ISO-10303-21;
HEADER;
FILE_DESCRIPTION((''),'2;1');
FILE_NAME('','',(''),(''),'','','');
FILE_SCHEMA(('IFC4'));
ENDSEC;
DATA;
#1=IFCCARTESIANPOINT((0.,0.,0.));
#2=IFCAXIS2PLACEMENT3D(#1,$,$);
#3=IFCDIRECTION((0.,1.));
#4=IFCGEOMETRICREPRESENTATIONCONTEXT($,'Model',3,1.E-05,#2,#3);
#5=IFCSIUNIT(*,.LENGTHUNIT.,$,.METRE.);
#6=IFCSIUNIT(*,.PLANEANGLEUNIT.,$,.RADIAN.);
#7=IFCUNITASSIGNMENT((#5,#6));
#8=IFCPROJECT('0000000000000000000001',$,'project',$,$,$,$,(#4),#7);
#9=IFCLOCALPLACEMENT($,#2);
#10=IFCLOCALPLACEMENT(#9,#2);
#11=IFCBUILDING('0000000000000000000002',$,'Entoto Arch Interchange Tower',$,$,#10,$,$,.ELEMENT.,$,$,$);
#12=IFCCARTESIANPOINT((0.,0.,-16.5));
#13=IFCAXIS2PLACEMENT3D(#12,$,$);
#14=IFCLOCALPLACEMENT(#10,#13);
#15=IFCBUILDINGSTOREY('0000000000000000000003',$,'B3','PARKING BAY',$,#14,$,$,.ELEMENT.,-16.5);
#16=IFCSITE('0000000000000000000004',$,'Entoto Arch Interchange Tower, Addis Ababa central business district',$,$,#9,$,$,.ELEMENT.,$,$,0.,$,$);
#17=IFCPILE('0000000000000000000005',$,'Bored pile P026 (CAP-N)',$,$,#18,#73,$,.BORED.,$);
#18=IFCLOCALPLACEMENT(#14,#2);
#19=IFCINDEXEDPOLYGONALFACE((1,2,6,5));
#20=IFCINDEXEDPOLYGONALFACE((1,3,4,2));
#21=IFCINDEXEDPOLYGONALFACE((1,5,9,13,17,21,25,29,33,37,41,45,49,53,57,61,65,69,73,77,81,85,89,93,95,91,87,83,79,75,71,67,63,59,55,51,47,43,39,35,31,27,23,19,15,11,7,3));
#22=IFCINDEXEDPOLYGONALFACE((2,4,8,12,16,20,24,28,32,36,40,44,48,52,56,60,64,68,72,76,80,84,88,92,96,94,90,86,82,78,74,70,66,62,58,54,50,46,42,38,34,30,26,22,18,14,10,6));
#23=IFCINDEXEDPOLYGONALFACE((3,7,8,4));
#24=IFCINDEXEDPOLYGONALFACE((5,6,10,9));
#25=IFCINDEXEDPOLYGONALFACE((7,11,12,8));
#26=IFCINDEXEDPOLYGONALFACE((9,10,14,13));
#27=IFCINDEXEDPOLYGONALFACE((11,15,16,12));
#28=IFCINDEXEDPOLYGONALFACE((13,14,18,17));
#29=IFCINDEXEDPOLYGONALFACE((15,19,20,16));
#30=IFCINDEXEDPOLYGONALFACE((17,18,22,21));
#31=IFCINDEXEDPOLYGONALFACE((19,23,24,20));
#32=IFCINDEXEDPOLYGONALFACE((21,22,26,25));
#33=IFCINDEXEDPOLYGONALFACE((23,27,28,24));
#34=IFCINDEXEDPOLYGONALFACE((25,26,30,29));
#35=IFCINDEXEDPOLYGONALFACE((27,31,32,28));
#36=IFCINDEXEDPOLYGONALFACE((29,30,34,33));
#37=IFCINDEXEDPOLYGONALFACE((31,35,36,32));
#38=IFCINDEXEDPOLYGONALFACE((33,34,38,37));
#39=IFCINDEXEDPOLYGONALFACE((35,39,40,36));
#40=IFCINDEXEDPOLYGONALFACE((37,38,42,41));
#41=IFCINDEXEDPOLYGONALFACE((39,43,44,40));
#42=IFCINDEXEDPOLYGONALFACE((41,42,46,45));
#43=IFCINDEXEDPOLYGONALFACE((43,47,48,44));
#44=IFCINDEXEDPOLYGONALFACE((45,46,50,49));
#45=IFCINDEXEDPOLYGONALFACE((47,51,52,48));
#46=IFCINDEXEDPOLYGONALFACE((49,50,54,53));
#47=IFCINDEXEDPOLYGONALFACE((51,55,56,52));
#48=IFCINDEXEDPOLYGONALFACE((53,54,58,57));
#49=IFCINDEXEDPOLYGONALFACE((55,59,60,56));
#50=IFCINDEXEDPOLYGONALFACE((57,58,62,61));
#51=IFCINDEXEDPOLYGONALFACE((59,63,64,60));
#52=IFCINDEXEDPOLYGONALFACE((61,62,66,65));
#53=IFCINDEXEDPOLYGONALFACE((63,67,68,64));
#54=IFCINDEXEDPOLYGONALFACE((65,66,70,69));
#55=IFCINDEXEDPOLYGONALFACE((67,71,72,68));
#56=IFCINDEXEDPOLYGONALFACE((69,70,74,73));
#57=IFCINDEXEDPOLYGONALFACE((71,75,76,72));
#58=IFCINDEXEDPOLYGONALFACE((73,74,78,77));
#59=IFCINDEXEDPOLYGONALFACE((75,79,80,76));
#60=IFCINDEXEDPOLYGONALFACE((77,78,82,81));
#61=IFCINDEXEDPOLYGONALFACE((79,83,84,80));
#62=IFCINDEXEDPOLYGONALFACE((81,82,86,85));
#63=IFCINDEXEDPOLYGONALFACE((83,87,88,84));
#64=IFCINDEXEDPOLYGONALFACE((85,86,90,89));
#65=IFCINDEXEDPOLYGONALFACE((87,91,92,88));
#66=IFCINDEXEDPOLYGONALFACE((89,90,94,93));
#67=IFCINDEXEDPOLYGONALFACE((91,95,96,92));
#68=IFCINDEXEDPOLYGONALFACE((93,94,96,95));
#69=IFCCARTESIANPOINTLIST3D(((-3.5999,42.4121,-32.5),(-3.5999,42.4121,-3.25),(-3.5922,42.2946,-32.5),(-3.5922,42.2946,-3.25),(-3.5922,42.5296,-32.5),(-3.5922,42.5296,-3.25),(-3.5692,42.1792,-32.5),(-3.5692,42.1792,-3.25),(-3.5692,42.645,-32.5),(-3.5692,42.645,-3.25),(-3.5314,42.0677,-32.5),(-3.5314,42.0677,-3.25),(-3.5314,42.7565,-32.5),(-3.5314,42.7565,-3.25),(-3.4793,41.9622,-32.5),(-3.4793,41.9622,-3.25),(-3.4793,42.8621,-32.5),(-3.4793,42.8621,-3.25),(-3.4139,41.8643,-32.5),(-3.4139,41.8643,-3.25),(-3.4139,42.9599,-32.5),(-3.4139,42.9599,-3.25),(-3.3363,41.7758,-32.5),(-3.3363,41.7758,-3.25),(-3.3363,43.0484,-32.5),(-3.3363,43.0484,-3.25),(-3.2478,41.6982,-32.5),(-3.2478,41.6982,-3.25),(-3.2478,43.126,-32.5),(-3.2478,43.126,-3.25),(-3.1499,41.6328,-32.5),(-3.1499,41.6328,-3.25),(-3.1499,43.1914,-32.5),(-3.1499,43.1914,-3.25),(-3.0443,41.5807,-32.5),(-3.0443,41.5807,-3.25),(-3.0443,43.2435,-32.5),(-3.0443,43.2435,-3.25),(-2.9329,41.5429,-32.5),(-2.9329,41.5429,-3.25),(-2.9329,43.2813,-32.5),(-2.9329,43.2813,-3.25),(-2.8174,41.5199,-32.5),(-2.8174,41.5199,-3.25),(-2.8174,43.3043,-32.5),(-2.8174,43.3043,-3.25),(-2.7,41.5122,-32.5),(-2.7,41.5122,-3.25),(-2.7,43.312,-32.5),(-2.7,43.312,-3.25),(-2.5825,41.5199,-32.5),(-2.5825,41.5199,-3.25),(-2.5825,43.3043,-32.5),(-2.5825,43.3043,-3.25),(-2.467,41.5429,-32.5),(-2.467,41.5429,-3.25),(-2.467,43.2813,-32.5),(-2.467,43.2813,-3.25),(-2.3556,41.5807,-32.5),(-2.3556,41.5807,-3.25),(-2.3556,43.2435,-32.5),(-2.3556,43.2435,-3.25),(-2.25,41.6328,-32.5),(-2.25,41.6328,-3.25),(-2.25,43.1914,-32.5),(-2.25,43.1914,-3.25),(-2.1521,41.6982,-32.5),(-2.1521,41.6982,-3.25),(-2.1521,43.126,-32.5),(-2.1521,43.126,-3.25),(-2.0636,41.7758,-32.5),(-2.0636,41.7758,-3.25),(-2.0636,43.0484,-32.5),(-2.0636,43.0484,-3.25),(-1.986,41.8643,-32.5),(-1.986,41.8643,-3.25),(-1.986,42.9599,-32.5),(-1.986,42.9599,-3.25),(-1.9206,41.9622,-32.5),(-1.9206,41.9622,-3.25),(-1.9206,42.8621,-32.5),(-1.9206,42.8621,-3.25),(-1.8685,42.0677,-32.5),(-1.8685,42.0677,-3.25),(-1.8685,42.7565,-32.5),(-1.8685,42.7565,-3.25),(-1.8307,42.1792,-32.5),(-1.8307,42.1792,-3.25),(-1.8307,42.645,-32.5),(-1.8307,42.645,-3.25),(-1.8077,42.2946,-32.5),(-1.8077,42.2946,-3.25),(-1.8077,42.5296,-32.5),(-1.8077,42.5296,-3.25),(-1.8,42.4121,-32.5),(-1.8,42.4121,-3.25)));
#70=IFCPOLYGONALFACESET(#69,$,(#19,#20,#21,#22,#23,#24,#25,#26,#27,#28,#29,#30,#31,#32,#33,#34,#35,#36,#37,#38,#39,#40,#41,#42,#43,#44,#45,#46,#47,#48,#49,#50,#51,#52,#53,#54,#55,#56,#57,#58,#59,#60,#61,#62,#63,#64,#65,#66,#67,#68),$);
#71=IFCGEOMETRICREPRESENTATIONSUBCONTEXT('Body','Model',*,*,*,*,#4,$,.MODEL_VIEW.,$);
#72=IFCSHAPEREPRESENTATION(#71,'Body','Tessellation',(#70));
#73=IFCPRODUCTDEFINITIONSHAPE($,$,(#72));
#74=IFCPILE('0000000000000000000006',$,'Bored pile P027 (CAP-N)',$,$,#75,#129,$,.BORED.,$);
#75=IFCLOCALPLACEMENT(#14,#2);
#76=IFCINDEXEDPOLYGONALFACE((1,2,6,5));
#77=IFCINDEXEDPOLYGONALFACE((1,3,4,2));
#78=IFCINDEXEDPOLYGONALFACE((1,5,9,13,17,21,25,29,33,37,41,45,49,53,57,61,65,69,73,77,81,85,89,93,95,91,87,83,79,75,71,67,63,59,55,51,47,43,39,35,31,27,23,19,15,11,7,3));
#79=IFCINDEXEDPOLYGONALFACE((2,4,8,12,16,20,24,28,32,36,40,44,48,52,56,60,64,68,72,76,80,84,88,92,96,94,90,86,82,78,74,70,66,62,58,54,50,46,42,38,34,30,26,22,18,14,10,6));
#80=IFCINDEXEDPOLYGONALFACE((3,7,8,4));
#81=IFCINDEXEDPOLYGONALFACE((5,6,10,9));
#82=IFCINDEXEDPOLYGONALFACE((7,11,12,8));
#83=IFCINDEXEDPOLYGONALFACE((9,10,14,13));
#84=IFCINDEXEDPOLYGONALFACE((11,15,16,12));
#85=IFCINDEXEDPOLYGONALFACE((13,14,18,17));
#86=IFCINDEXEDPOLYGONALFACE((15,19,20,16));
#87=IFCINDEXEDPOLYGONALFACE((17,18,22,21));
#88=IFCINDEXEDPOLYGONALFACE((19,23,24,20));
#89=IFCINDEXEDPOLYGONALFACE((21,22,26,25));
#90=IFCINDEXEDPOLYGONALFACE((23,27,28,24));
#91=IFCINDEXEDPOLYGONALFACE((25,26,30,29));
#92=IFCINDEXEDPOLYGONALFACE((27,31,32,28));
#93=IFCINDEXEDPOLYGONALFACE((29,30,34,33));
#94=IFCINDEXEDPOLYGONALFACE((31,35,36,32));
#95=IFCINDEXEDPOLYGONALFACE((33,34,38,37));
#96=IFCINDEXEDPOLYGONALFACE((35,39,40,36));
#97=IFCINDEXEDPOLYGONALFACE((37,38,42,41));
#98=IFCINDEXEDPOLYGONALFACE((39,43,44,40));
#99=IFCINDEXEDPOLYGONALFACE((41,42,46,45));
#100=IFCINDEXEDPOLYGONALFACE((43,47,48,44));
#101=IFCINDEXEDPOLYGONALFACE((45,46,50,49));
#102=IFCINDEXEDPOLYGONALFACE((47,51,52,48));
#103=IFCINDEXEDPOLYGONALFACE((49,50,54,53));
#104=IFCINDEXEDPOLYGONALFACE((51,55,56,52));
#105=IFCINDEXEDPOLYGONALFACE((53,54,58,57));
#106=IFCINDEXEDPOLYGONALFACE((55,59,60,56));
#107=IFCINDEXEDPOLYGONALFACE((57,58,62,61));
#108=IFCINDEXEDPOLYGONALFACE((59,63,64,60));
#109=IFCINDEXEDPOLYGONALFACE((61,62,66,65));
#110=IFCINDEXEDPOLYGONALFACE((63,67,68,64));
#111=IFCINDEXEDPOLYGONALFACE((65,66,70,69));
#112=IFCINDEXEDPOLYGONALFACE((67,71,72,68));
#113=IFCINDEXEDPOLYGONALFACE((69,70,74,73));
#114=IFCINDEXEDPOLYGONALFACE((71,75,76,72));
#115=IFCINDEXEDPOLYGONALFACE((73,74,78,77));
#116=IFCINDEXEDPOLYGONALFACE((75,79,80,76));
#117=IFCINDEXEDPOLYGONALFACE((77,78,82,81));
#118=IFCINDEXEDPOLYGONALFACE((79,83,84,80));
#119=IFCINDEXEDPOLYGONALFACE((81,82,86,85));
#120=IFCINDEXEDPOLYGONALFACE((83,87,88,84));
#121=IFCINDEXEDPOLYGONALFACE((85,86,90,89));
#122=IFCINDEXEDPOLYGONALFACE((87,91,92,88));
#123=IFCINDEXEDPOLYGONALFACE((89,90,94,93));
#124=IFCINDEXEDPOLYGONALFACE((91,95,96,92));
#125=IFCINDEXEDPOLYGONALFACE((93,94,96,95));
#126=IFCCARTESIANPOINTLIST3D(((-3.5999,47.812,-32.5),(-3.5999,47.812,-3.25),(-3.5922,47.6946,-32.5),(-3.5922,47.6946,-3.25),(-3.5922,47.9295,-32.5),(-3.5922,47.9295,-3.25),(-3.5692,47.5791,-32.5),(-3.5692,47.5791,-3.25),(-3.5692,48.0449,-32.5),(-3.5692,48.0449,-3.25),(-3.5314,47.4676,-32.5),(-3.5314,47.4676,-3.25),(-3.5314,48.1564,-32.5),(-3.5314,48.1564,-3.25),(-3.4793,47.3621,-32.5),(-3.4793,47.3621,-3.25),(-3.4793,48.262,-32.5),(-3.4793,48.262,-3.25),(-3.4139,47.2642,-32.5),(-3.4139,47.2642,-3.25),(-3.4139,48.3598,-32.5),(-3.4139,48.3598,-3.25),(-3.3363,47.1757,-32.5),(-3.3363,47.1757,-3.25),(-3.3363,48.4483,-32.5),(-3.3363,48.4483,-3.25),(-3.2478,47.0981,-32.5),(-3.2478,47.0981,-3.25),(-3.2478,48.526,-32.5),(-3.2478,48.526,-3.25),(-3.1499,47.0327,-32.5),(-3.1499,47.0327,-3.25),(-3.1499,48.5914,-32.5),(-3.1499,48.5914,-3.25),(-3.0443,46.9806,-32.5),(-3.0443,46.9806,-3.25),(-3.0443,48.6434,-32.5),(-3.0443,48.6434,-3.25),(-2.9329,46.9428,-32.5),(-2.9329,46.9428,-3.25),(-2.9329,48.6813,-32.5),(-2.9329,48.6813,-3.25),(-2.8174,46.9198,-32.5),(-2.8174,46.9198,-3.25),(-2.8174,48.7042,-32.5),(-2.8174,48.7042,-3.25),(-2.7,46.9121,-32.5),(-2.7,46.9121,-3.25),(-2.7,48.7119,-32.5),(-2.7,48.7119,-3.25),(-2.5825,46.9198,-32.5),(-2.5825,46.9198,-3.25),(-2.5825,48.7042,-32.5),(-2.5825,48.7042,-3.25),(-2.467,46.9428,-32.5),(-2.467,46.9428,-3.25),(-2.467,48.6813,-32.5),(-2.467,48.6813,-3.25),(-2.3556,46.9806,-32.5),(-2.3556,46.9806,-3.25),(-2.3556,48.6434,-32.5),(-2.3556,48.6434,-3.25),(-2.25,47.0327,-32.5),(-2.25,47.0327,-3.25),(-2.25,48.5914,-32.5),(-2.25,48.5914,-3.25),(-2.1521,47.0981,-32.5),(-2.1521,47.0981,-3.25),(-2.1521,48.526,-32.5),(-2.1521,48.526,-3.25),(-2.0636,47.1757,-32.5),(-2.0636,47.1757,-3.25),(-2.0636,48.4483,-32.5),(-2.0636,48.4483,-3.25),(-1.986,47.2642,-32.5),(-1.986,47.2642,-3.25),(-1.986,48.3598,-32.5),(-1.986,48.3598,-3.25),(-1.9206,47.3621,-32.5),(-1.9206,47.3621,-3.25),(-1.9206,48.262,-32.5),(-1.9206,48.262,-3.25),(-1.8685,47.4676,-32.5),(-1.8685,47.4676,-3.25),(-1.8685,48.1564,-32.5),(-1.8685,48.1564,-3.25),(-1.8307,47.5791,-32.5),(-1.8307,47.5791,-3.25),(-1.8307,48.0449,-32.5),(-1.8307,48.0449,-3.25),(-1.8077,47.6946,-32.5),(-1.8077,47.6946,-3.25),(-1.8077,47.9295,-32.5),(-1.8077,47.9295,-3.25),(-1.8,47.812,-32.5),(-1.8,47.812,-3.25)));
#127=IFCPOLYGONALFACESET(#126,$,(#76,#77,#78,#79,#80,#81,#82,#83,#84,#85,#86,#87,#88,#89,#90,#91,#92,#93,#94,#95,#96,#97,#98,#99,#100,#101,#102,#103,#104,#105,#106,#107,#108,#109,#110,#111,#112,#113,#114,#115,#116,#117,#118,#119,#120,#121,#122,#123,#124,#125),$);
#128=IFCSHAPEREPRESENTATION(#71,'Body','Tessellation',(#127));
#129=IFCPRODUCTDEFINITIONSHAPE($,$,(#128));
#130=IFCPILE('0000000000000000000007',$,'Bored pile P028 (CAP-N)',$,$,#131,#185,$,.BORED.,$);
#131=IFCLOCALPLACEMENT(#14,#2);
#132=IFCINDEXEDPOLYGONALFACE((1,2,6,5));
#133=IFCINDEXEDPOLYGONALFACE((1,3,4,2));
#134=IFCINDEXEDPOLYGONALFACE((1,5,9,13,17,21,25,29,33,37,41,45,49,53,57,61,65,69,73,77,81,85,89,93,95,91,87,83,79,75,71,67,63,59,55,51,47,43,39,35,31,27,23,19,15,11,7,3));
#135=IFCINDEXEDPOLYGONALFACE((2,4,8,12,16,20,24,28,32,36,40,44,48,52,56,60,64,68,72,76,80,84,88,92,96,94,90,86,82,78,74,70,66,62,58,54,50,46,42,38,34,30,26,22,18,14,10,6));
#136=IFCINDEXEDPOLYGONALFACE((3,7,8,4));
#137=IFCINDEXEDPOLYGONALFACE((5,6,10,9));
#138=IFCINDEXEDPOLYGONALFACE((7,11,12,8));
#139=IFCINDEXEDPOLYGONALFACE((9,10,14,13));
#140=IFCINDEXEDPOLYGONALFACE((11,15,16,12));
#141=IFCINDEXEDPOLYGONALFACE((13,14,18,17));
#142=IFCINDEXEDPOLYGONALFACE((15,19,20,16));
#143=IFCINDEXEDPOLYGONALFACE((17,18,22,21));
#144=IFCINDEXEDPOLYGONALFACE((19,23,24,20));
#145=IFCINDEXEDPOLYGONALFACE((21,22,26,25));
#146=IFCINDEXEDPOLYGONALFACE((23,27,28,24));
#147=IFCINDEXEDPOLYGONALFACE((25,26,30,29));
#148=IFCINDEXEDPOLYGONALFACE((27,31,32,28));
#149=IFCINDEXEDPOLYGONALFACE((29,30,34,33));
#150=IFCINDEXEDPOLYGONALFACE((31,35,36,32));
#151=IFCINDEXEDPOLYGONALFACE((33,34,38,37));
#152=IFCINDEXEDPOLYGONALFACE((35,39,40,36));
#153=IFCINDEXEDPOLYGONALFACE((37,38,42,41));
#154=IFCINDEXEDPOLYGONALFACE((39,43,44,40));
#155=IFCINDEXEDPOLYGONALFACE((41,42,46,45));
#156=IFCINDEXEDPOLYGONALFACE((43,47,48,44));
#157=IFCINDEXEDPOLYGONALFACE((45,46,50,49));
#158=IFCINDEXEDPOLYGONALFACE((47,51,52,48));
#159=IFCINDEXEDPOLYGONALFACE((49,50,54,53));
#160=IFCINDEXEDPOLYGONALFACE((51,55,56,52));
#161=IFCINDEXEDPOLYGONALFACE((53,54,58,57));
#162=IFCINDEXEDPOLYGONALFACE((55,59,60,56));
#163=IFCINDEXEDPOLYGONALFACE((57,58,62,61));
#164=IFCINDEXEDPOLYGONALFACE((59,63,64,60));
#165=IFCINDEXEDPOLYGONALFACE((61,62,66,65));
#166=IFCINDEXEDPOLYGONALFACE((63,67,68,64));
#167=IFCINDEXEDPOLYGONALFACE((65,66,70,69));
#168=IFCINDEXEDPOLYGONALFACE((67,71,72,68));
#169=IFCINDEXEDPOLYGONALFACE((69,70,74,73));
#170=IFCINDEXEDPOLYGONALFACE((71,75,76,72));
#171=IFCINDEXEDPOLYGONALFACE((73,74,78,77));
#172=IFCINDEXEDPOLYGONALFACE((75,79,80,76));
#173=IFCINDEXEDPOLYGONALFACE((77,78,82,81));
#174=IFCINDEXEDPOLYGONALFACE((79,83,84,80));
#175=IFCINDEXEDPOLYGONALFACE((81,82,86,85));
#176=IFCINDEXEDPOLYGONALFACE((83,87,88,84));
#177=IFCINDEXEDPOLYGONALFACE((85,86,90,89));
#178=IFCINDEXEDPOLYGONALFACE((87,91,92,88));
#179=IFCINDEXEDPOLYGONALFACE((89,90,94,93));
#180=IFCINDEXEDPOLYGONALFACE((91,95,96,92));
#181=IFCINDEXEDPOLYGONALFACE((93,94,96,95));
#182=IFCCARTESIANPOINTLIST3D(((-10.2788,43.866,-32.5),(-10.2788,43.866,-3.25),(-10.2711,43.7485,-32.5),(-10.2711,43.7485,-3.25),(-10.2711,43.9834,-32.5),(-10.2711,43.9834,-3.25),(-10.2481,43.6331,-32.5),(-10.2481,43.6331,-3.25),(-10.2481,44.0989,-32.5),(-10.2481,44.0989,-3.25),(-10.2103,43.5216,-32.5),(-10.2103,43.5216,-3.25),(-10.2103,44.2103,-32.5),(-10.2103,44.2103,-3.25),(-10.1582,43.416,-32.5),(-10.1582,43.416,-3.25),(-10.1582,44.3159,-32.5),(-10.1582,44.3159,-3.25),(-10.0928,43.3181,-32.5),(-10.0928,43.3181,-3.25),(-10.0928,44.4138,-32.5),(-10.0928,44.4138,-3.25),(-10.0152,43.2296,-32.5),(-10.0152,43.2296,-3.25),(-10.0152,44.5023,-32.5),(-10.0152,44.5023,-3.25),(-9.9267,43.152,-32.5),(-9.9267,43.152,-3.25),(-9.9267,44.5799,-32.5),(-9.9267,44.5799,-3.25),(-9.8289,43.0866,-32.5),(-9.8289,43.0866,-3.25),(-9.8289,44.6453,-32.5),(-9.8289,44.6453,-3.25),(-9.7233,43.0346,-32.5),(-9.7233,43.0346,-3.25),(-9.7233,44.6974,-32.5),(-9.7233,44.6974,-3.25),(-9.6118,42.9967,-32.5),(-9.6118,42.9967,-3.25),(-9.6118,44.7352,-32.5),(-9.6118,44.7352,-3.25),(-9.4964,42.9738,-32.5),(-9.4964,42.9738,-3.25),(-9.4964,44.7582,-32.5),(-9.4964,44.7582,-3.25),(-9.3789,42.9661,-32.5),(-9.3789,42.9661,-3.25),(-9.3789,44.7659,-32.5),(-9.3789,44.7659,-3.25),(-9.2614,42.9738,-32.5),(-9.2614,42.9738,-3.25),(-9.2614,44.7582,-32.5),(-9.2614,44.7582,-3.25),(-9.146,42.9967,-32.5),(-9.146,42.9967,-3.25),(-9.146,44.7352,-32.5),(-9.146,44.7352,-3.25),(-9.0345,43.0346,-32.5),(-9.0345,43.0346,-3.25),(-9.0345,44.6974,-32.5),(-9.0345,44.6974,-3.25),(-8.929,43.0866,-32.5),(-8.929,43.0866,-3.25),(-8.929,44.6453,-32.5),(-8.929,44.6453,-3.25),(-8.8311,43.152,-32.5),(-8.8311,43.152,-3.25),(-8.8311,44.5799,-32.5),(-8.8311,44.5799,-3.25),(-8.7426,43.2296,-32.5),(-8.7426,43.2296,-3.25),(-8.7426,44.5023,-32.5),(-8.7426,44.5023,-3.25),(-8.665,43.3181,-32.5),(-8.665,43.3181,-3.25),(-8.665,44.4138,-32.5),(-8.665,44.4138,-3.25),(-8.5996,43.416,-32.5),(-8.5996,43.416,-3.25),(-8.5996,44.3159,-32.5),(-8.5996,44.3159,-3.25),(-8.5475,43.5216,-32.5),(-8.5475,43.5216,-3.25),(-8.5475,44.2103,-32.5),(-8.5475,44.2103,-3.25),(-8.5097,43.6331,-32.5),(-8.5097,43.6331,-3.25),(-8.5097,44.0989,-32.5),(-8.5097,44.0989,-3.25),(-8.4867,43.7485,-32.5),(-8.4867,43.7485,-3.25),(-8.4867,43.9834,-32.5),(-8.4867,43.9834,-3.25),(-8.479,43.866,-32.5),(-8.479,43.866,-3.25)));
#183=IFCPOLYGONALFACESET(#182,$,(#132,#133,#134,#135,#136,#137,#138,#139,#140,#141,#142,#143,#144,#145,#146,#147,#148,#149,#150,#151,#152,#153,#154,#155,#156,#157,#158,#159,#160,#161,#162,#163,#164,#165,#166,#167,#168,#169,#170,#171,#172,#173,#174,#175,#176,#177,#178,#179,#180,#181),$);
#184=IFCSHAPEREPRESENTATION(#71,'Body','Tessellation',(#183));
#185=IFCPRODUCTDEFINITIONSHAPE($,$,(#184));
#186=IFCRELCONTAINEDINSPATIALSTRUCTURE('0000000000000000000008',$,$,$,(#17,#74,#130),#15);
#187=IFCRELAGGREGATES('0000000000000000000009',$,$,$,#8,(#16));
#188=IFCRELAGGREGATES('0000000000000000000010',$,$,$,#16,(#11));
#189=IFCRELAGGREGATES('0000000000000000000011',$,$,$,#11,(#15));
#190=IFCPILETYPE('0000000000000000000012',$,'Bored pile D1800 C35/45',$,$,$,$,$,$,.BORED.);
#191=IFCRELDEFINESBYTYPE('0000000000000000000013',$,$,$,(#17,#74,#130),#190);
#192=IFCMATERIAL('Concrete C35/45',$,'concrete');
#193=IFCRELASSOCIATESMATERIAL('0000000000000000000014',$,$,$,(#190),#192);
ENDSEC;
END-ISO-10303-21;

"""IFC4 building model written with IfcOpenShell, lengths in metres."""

from ifc_helpers import new_model, si_unit, direction, frame, origin, origin_2d, place, context, subcontext, project, spatial, circle, extrude, material, material_profile, profile_set, type_object, element, save


model = new_model("IFC4")

# Units and contexts
model_context = context("Model", 3, precision=1e-05, world=origin(), true_north=direction((0.0, 1.0)))
body_context = subcontext(model_context, "Body", "Model", "MODEL_VIEW")
ifc_project = project(units=[si_unit("LENGTHUNIT", "METRE"), si_unit("PLANEANGLEUNIT", "RADIAN")], contexts=[model_context])

# Site, building, storey
site_placement = place(None, origin())
site = spatial("IfcSite", under=ifc_project, at=site_placement, Name="Entoto Arch Interchange Tower, Addis Ababa central business district", CompositionType="ELEMENT", RefElevation=0.0)
building_placement = place(site_placement, origin())
building = spatial("IfcBuilding", under=site, at=building_placement, Name="Entoto Arch Interchange Tower", CompositionType="ELEMENT")
storey_placement = place(building_placement, frame((0.0, 0.0, -16.5)))
storey = spatial("IfcBuildingStorey", under=building, at=storey_placement, Name="B3", Description="PARKING BAY", CompositionType="ELEMENT", Elevation=-16.5)

# Piles
ifc_material_1 = material(Name="Concrete C35/45", Category="concrete")
ifc_material_profile_1 = material_profile(ifc_material_1, circle(Radius=0.8999, at=origin_2d()))
ifc_profile_set_1 = profile_set([ifc_material_profile_1], Name="Concrete C35/45")
pile_type = type_object("IfcPileType", Name="Bored pile D1800 C35/45", PredefinedType="BORED", material=ifc_profile_set_1)
for number, where, z_axis, x_axis, name in (
    (1, (-2.7, 42.4121, -3.25), (0.0, 0.0, -1.0), (1.0, 0.0, 0.0), "Bored pile P026 (CAP-N)"),
    (2, (-2.7, 47.812, -3.25), (0.0, 0.0, -1.0), (1.0, 0.0, 0.0), "Bored pile P027 (CAP-N)"),
    (3, (-9.3789, 43.866, -3.25), (0.0, 0.0, -1.0), (1.0, 0.0, 0.0), "Bored pile P028 (CAP-N)"),
):
    element("IfcPile", number, at=place(storey_placement, frame(where, z_axis=z_axis, x_axis=x_axis)), inside=storey, type_object=pile_type, Name=name, PredefinedType="BORED", context=body_context, shape_type="SweptSolid", body=[
        extrude(circle(Radius=0.8999, at=origin_2d()), origin(), (0.0, 0.0, 1.0), 29.25),
    ])

save(model, "model.ifc")
